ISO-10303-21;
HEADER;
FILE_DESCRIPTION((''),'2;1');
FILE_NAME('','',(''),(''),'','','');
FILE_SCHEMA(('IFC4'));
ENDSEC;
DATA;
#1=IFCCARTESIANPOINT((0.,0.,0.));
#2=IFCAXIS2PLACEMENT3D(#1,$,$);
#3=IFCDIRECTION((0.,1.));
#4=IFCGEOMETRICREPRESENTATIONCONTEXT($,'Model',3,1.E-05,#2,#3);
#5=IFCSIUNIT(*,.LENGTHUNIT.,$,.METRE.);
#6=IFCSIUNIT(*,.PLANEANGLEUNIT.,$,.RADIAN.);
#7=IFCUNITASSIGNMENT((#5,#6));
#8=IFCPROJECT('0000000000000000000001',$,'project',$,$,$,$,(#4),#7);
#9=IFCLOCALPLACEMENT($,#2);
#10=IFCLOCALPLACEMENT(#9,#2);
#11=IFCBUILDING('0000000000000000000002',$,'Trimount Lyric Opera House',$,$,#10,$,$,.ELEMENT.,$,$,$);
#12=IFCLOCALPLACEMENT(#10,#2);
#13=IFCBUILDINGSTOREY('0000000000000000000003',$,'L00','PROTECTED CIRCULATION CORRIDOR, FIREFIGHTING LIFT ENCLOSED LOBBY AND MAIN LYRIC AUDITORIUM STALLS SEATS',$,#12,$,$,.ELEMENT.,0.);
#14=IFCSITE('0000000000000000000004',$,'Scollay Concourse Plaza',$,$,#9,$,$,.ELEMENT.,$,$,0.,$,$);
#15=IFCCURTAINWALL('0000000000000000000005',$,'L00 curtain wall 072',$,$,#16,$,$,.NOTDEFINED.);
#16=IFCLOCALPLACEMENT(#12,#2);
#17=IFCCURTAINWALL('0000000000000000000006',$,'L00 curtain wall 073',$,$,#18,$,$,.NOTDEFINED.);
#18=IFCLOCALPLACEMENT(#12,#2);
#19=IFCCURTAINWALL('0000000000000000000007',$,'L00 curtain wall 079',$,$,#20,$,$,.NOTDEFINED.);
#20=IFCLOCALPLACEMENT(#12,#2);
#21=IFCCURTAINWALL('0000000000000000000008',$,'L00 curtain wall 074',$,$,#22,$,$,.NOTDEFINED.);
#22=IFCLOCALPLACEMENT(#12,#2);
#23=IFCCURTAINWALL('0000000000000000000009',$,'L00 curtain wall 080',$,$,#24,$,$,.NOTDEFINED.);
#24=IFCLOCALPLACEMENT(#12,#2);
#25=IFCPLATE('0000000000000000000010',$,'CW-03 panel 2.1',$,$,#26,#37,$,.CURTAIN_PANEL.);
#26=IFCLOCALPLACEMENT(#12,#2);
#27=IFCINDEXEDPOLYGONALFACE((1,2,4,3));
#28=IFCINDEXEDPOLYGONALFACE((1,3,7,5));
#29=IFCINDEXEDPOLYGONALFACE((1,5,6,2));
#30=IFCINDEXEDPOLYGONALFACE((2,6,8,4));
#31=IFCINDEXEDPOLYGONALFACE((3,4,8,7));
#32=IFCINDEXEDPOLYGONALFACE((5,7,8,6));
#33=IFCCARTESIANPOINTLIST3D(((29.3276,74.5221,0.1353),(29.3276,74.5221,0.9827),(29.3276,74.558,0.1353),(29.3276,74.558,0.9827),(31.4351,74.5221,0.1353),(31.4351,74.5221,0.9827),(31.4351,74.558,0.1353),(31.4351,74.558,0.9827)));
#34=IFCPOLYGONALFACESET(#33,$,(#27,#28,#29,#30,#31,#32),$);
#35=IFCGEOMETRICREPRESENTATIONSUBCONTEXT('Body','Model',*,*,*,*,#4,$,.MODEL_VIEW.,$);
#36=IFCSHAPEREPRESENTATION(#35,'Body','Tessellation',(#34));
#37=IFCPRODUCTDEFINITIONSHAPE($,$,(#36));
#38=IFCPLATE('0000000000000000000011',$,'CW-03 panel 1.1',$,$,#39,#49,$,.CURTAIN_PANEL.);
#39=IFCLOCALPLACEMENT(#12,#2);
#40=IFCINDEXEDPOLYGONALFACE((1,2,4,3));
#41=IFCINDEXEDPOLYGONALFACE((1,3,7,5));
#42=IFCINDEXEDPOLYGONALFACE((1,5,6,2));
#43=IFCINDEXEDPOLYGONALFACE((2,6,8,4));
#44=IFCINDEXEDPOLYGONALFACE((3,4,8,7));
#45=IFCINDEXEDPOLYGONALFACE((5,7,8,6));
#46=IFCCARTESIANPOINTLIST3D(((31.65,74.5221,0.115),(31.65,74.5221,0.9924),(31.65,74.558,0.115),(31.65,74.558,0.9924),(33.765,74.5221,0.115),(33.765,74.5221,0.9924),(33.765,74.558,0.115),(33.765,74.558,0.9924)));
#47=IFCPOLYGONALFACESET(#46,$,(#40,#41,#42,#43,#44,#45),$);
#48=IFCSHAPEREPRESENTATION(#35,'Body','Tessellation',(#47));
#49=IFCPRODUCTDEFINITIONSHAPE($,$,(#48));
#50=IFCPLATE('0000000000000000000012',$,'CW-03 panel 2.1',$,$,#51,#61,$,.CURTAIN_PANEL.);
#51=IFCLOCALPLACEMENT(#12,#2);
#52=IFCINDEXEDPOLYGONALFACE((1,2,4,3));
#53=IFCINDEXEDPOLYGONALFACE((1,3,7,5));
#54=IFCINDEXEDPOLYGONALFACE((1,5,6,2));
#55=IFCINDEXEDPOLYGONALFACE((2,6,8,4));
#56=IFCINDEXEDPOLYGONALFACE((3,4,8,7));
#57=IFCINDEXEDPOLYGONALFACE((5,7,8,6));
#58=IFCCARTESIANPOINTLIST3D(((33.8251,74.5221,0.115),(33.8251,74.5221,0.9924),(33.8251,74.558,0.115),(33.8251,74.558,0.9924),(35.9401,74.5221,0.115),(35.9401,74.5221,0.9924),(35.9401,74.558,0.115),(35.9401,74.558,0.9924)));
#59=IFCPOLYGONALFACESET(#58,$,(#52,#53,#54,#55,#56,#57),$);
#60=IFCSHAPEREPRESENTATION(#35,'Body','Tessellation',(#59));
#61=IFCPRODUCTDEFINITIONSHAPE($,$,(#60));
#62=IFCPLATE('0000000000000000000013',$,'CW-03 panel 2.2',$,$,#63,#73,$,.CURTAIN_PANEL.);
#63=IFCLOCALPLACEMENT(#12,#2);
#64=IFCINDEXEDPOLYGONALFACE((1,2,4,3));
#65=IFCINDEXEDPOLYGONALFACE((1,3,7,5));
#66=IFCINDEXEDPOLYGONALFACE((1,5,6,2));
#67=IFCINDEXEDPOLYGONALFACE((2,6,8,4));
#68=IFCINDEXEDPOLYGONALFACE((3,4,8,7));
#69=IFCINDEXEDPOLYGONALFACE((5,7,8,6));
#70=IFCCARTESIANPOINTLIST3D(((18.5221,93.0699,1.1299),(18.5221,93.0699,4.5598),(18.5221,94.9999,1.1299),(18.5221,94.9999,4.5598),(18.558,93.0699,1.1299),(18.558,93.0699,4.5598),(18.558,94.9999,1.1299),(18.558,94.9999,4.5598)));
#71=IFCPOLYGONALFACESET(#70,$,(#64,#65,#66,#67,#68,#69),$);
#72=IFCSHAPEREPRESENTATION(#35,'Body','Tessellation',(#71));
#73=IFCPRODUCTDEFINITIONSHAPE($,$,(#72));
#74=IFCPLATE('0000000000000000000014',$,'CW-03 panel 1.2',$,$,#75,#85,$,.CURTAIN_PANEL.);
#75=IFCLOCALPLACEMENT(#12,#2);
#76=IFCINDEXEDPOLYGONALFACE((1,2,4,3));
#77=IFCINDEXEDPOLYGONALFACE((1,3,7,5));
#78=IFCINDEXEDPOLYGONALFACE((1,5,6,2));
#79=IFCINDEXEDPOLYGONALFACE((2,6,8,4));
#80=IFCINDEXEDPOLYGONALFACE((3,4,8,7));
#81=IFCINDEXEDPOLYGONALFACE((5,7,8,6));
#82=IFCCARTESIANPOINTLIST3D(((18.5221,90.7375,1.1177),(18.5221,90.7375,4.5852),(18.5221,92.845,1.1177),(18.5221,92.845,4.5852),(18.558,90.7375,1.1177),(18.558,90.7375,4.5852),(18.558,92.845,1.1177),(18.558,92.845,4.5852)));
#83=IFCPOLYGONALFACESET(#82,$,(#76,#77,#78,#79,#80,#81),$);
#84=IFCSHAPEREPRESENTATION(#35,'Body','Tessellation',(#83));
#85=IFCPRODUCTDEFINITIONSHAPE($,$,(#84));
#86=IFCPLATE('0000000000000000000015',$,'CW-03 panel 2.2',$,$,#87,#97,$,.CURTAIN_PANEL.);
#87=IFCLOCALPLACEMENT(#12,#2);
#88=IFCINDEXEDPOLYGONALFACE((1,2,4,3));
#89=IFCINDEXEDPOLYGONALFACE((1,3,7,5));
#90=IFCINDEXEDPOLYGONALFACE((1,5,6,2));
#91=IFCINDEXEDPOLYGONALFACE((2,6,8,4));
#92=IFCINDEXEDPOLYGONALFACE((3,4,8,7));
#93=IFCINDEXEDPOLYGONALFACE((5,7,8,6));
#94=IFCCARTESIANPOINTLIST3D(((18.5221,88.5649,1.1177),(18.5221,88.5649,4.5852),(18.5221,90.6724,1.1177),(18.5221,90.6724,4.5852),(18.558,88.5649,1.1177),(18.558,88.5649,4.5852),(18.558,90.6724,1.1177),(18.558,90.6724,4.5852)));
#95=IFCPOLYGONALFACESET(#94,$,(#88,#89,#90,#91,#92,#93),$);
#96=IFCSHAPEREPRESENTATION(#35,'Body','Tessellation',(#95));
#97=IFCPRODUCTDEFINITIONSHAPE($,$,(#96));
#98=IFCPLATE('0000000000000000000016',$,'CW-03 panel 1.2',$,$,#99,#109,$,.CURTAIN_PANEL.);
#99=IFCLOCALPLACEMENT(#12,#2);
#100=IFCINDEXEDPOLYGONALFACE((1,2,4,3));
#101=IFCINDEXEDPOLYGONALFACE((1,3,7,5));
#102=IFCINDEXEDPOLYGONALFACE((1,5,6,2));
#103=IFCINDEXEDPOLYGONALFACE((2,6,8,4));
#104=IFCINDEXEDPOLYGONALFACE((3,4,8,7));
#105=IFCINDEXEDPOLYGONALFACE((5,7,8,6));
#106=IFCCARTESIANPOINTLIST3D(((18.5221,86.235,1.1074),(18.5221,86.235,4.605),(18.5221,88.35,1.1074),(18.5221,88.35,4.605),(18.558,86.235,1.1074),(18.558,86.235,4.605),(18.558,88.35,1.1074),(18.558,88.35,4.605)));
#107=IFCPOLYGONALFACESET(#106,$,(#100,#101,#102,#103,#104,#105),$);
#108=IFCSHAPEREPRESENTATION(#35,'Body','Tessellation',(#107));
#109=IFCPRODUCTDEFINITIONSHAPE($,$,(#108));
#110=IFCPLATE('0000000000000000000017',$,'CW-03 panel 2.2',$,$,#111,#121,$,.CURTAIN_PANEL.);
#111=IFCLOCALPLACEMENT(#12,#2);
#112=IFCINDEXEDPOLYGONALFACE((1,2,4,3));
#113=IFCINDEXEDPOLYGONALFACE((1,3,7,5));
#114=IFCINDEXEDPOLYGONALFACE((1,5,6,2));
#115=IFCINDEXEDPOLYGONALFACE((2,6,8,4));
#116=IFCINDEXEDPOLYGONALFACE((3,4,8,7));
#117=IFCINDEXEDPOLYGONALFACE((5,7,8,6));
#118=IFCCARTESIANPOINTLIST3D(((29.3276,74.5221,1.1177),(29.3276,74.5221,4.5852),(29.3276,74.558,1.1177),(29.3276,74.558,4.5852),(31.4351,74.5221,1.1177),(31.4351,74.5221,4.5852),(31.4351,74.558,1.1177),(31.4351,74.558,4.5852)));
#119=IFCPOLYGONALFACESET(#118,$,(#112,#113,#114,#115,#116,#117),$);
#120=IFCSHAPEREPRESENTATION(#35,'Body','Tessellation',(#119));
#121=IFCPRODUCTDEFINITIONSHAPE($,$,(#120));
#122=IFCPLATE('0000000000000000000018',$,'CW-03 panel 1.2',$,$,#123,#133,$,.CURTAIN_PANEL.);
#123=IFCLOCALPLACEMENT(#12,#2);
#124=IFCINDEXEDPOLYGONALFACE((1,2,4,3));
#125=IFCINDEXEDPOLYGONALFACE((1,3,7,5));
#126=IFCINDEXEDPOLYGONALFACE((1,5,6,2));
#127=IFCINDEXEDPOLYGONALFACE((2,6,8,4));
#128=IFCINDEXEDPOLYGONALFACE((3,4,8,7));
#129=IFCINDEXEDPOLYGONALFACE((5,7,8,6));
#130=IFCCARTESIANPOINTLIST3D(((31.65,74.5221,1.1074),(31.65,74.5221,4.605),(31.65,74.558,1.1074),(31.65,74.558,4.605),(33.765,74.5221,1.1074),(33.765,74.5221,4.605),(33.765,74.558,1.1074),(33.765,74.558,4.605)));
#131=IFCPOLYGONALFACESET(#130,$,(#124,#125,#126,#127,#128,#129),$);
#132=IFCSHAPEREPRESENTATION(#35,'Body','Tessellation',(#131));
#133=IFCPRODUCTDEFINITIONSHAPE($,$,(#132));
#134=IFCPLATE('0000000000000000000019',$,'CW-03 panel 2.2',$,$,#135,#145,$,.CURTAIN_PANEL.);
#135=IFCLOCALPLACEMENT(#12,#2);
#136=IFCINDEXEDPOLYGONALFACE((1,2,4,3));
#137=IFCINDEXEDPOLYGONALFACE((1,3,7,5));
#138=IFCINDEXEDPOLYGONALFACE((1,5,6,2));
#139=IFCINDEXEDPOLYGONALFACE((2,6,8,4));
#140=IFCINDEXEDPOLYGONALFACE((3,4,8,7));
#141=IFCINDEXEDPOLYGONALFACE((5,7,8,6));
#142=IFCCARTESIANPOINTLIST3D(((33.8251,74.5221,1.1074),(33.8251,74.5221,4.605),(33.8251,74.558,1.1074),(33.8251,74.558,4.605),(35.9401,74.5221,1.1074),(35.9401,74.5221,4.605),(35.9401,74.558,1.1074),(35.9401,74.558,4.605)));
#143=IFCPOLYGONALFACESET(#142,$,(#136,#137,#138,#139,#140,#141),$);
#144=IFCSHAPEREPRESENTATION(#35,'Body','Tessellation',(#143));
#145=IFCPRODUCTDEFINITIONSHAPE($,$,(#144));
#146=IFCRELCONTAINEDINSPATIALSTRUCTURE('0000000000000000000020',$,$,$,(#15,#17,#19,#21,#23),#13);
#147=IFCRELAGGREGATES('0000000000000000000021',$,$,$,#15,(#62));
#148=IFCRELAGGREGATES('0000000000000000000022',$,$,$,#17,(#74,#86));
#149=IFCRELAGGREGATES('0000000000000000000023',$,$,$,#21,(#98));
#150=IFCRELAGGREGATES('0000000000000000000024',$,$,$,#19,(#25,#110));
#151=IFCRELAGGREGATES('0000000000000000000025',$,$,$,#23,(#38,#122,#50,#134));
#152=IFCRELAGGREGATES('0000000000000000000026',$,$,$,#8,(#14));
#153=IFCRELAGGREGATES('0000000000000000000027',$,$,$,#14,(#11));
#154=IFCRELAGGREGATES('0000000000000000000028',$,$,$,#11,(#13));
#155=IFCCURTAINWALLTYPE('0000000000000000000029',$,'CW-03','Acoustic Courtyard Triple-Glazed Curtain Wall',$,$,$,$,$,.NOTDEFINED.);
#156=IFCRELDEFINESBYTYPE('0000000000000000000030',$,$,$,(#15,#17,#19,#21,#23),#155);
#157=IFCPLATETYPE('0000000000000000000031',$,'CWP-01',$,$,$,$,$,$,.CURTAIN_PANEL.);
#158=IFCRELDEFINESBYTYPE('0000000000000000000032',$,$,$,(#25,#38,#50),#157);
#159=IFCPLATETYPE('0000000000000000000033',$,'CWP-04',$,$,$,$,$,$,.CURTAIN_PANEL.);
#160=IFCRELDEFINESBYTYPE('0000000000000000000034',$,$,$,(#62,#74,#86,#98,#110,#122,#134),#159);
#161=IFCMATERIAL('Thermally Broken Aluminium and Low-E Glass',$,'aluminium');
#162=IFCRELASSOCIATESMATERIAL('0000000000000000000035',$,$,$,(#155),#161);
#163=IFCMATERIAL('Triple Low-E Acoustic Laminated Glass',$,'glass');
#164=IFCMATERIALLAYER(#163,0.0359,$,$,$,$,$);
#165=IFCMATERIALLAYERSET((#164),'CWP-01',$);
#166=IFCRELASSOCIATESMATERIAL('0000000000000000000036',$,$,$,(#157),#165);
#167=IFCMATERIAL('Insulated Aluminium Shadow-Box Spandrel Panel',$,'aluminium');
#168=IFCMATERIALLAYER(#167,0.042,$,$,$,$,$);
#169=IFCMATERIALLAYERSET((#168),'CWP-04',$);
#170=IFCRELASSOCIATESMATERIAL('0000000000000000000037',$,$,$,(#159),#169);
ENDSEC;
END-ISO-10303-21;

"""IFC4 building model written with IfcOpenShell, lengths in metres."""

from ifc_helpers import new_model, si_unit, direction, frame, origin, origin_2d, place, context, subcontext, project, spatial, rectangle, extrude, material, layer, layer_set, type_object, element, aggregate, save


model = new_model("IFC4")

# Units and contexts
model_context = context("Model", 3, precision=1e-05, world=origin(), true_north=direction((0.0, 1.0)))
body_context = subcontext(model_context, "Body", "Model", "MODEL_VIEW")
ifc_project = project(units=[si_unit("LENGTHUNIT", "METRE"), si_unit("PLANEANGLEUNIT", "RADIAN")], contexts=[model_context])

# Site, building, storey
site_placement = place(None, origin())
site = spatial("IfcSite", under=ifc_project, at=site_placement, Name="Scollay Concourse Plaza", CompositionType="ELEMENT", RefElevation=0.0)
building_placement = place(site_placement, origin())
building = spatial("IfcBuilding", under=site, at=building_placement, Name="Trimount Lyric Opera House", CompositionType="ELEMENT")
storey_placement = place(building_placement, origin())
storey = spatial("IfcBuildingStorey", under=building, at=storey_placement, Name="L00", Description="PROTECTED CIRCULATION CORRIDOR, FIREFIGHTING LIFT ENCLOSED LOBBY AND MAIN LYRIC AUDITORIUM STALLS SEATS", CompositionType="ELEMENT", Elevation=0.0)

# Curtain wall
ifc_material_1 = material(Name="Thermally Broken Aluminium and Low-E Glass", Category="aluminium")
curtain_wall_type = type_object("IfcCurtainWallType", Name="CW-03", Description="Acoustic Courtyard Triple-Glazed Curtain Wall", PredefinedType="NOTDEFINED", material=ifc_material_1)
curtain_wall_1_placement = place(storey_placement, origin())
curtain_wall_1 = element("IfcCurtainWall", 1, at=curtain_wall_1_placement, inside=storey, type_object=curtain_wall_type, Name="L00 curtain wall 072", PredefinedType="NOTDEFINED")

# Curtain wall
curtain_wall_2_placement = place(storey_placement, origin())
curtain_wall_2 = element("IfcCurtainWall", 2, at=curtain_wall_2_placement, inside=storey, type_object=curtain_wall_type, Name="L00 curtain wall 073", PredefinedType="NOTDEFINED")

# Curtain walls
curtain_wall_3_placement = place(storey_placement, origin())
curtain_wall_3 = element("IfcCurtainWall", 3, at=curtain_wall_3_placement, inside=storey, type_object=curtain_wall_type, Name="L00 curtain wall 079", PredefinedType="NOTDEFINED")
curtain_wall_4_placement = place(storey_placement, origin())
curtain_wall_4 = element("IfcCurtainWall", 4, at=curtain_wall_4_placement, inside=storey, type_object=curtain_wall_type, Name="L00 curtain wall 074", PredefinedType="NOTDEFINED")

# Curtain wall
curtain_wall_5_placement = place(storey_placement, origin())
curtain_wall_5 = element("IfcCurtainWall", 5, at=curtain_wall_5_placement, inside=storey, type_object=curtain_wall_type, Name="L00 curtain wall 080", PredefinedType="NOTDEFINED")

# Plates
ifc_material_2 = material(Name="Triple Low-E Acoustic Laminated Glass", Category="glass")
ifc_layer_1 = layer(ifc_material_2, 0.0359)
ifc_layer_set_1 = layer_set([ifc_layer_1], Name="CWP-01")
plate_type_1 = type_object("IfcPlateType", Name="CWP-01", PredefinedType="CURTAIN_PANEL", material=ifc_layer_set_1)
plate_1_placement = place(storey_placement, frame((30.3813, 74.54, 0.1353), z_axis=(0.0, 0.0, 1.0), x_axis=(1.0, 0.0, 0.0)))
plate_1 = element("IfcPlate", 6, at=plate_1_placement, type_object=plate_type_1, Name="CW-03 panel 2.1", PredefinedType="CURTAIN_PANEL", context=body_context, shape_type="SweptSolid", body=[
    extrude(rectangle(XDim=2.1074, YDim=0.0359, at=origin_2d()), origin(), (0.0, 0.0, 1.0), 0.8474),
])
plate_2_placement = place(storey_placement, frame((32.7075, 74.54, 0.115), z_axis=(0.0, 0.0, 1.0), x_axis=(1.0, 0.0, 0.0)))
plate_2 = element("IfcPlate", 7, at=plate_2_placement, type_object=plate_type_1, Name="CW-03 panel 1.1", PredefinedType="CURTAIN_PANEL", context=body_context, shape_type="SweptSolid", body=[
    extrude(rectangle(XDim=2.115, YDim=0.0359, at=origin_2d()), origin(), (0.0, 0.0, 1.0), 0.8774),
])
plate_3_placement = place(storey_placement, frame((34.8826, 74.54, 0.115), z_axis=(0.0, 0.0, 1.0), x_axis=(1.0, 0.0, 0.0)))
plate_3 = element("IfcPlate", 8, at=plate_3_placement, type_object=plate_type_1, Name="CW-03 panel 2.1", PredefinedType="CURTAIN_PANEL", context=body_context, shape_type="SweptSolid", body=[
    extrude(rectangle(XDim=2.115, YDim=0.0359, at=origin_2d()), origin(), (0.0, 0.0, 1.0), 0.8774),
])
ifc_material_3 = material(Name="Insulated Aluminium Shadow-Box Spandrel Panel", Category="aluminium")
ifc_layer_2 = layer(ifc_material_3, 0.042)
ifc_layer_set_2 = layer_set([ifc_layer_2], Name="CWP-04")
plate_type_2 = type_object("IfcPlateType", Name="CWP-04", PredefinedType="CURTAIN_PANEL", material=ifc_layer_set_2)
plate_4_placement = place(storey_placement, frame((18.54, 94.0349, 1.1299), z_axis=(0.0, 0.0, 1.0), x_axis=(0.0, -1.0, 0.0)))
plate_4 = element("IfcPlate", 9, at=plate_4_placement, type_object=plate_type_2, Name="CW-03 panel 2.2", PredefinedType="CURTAIN_PANEL", context=body_context, shape_type="SweptSolid", body=[
    extrude(rectangle(XDim=1.9299, YDim=0.0359, at=origin_2d()), origin(), (0.0, 0.0, 1.0), 3.4299),
])
aggregate(curtain_wall_1, [plate_4])
plate_5_placement = place(storey_placement, frame((18.54, 91.7913, 1.1177), z_axis=(0.0, 0.0, 1.0), x_axis=(0.0, -1.0, 0.0)))
plate_5 = element("IfcPlate", 10, at=plate_5_placement, type_object=plate_type_2, Name="CW-03 panel 1.2", PredefinedType="CURTAIN_PANEL", context=body_context, shape_type="SweptSolid", body=[
    extrude(rectangle(XDim=2.1074, YDim=0.0359, at=origin_2d()), origin(), (0.0, 0.0, 1.0), 3.4675),
])
plate_6_placement = place(storey_placement, frame((18.54, 89.6187, 1.1177), z_axis=(0.0, 0.0, 1.0), x_axis=(0.0, -1.0, 0.0)))
plate_6 = element("IfcPlate", 11, at=plate_6_placement, type_object=plate_type_2, Name="CW-03 panel 2.2", PredefinedType="CURTAIN_PANEL", context=body_context, shape_type="SweptSolid", body=[
    extrude(rectangle(XDim=2.1074, YDim=0.0359, at=origin_2d()), origin(), (0.0, 0.0, 1.0), 3.4675),
])
aggregate(curtain_wall_2, [plate_5, plate_6])
plate_7_placement = place(storey_placement, frame((18.54, 87.2925, 1.1074), z_axis=(0.0, 0.0, 1.0), x_axis=(0.0, -1.0, 0.0)))
plate_7 = element("IfcPlate", 12, at=plate_7_placement, type_object=plate_type_2, Name="CW-03 panel 1.2", PredefinedType="CURTAIN_PANEL", context=body_context, shape_type="SweptSolid", body=[
    extrude(rectangle(XDim=2.115, YDim=0.0359, at=origin_2d()), origin(), (0.0, 0.0, 1.0), 3.4976),
])
aggregate(curtain_wall_4, [plate_7])
plate_8_placement = place(storey_placement, frame((30.3813, 74.54, 1.1177), z_axis=(0.0, 0.0, 1.0), x_axis=(1.0, 0.0, 0.0)))
plate_8 = element("IfcPlate", 13, at=plate_8_placement, type_object=plate_type_2, Name="CW-03 panel 2.2", PredefinedType="CURTAIN_PANEL", context=body_context, shape_type="SweptSolid", body=[
    extrude(rectangle(XDim=2.1074, YDim=0.0359, at=origin_2d()), origin(), (0.0, 0.0, 1.0), 3.4675),
])
aggregate(curtain_wall_3, [plate_1, plate_8])
plate_9_placement = place(storey_placement, frame((32.7075, 74.54, 1.1074), z_axis=(0.0, 0.0, 1.0), x_axis=(1.0, 0.0, 0.0)))
plate_9 = element("IfcPlate", 14, at=plate_9_placement, type_object=plate_type_2, Name="CW-03 panel 1.2", PredefinedType="CURTAIN_PANEL", context=body_context, shape_type="SweptSolid", body=[
    extrude(rectangle(XDim=2.115, YDim=0.0359, at=origin_2d()), origin(), (0.0, 0.0, 1.0), 3.4976),
])
plate_10_placement = place(storey_placement, frame((34.8826, 74.54, 1.1074), z_axis=(0.0, 0.0, 1.0), x_axis=(1.0, 0.0, 0.0)))
plate_10 = element("IfcPlate", 15, at=plate_10_placement, type_object=plate_type_2, Name="CW-03 panel 2.2", PredefinedType="CURTAIN_PANEL", context=body_context, shape_type="SweptSolid", body=[
    extrude(rectangle(XDim=2.115, YDim=0.0359, at=origin_2d()), origin(), (0.0, 0.0, 1.0), 3.4976),
])
aggregate(curtain_wall_5, [plate_2, plate_9, plate_3, plate_10])

save(model, "model.ifc")
